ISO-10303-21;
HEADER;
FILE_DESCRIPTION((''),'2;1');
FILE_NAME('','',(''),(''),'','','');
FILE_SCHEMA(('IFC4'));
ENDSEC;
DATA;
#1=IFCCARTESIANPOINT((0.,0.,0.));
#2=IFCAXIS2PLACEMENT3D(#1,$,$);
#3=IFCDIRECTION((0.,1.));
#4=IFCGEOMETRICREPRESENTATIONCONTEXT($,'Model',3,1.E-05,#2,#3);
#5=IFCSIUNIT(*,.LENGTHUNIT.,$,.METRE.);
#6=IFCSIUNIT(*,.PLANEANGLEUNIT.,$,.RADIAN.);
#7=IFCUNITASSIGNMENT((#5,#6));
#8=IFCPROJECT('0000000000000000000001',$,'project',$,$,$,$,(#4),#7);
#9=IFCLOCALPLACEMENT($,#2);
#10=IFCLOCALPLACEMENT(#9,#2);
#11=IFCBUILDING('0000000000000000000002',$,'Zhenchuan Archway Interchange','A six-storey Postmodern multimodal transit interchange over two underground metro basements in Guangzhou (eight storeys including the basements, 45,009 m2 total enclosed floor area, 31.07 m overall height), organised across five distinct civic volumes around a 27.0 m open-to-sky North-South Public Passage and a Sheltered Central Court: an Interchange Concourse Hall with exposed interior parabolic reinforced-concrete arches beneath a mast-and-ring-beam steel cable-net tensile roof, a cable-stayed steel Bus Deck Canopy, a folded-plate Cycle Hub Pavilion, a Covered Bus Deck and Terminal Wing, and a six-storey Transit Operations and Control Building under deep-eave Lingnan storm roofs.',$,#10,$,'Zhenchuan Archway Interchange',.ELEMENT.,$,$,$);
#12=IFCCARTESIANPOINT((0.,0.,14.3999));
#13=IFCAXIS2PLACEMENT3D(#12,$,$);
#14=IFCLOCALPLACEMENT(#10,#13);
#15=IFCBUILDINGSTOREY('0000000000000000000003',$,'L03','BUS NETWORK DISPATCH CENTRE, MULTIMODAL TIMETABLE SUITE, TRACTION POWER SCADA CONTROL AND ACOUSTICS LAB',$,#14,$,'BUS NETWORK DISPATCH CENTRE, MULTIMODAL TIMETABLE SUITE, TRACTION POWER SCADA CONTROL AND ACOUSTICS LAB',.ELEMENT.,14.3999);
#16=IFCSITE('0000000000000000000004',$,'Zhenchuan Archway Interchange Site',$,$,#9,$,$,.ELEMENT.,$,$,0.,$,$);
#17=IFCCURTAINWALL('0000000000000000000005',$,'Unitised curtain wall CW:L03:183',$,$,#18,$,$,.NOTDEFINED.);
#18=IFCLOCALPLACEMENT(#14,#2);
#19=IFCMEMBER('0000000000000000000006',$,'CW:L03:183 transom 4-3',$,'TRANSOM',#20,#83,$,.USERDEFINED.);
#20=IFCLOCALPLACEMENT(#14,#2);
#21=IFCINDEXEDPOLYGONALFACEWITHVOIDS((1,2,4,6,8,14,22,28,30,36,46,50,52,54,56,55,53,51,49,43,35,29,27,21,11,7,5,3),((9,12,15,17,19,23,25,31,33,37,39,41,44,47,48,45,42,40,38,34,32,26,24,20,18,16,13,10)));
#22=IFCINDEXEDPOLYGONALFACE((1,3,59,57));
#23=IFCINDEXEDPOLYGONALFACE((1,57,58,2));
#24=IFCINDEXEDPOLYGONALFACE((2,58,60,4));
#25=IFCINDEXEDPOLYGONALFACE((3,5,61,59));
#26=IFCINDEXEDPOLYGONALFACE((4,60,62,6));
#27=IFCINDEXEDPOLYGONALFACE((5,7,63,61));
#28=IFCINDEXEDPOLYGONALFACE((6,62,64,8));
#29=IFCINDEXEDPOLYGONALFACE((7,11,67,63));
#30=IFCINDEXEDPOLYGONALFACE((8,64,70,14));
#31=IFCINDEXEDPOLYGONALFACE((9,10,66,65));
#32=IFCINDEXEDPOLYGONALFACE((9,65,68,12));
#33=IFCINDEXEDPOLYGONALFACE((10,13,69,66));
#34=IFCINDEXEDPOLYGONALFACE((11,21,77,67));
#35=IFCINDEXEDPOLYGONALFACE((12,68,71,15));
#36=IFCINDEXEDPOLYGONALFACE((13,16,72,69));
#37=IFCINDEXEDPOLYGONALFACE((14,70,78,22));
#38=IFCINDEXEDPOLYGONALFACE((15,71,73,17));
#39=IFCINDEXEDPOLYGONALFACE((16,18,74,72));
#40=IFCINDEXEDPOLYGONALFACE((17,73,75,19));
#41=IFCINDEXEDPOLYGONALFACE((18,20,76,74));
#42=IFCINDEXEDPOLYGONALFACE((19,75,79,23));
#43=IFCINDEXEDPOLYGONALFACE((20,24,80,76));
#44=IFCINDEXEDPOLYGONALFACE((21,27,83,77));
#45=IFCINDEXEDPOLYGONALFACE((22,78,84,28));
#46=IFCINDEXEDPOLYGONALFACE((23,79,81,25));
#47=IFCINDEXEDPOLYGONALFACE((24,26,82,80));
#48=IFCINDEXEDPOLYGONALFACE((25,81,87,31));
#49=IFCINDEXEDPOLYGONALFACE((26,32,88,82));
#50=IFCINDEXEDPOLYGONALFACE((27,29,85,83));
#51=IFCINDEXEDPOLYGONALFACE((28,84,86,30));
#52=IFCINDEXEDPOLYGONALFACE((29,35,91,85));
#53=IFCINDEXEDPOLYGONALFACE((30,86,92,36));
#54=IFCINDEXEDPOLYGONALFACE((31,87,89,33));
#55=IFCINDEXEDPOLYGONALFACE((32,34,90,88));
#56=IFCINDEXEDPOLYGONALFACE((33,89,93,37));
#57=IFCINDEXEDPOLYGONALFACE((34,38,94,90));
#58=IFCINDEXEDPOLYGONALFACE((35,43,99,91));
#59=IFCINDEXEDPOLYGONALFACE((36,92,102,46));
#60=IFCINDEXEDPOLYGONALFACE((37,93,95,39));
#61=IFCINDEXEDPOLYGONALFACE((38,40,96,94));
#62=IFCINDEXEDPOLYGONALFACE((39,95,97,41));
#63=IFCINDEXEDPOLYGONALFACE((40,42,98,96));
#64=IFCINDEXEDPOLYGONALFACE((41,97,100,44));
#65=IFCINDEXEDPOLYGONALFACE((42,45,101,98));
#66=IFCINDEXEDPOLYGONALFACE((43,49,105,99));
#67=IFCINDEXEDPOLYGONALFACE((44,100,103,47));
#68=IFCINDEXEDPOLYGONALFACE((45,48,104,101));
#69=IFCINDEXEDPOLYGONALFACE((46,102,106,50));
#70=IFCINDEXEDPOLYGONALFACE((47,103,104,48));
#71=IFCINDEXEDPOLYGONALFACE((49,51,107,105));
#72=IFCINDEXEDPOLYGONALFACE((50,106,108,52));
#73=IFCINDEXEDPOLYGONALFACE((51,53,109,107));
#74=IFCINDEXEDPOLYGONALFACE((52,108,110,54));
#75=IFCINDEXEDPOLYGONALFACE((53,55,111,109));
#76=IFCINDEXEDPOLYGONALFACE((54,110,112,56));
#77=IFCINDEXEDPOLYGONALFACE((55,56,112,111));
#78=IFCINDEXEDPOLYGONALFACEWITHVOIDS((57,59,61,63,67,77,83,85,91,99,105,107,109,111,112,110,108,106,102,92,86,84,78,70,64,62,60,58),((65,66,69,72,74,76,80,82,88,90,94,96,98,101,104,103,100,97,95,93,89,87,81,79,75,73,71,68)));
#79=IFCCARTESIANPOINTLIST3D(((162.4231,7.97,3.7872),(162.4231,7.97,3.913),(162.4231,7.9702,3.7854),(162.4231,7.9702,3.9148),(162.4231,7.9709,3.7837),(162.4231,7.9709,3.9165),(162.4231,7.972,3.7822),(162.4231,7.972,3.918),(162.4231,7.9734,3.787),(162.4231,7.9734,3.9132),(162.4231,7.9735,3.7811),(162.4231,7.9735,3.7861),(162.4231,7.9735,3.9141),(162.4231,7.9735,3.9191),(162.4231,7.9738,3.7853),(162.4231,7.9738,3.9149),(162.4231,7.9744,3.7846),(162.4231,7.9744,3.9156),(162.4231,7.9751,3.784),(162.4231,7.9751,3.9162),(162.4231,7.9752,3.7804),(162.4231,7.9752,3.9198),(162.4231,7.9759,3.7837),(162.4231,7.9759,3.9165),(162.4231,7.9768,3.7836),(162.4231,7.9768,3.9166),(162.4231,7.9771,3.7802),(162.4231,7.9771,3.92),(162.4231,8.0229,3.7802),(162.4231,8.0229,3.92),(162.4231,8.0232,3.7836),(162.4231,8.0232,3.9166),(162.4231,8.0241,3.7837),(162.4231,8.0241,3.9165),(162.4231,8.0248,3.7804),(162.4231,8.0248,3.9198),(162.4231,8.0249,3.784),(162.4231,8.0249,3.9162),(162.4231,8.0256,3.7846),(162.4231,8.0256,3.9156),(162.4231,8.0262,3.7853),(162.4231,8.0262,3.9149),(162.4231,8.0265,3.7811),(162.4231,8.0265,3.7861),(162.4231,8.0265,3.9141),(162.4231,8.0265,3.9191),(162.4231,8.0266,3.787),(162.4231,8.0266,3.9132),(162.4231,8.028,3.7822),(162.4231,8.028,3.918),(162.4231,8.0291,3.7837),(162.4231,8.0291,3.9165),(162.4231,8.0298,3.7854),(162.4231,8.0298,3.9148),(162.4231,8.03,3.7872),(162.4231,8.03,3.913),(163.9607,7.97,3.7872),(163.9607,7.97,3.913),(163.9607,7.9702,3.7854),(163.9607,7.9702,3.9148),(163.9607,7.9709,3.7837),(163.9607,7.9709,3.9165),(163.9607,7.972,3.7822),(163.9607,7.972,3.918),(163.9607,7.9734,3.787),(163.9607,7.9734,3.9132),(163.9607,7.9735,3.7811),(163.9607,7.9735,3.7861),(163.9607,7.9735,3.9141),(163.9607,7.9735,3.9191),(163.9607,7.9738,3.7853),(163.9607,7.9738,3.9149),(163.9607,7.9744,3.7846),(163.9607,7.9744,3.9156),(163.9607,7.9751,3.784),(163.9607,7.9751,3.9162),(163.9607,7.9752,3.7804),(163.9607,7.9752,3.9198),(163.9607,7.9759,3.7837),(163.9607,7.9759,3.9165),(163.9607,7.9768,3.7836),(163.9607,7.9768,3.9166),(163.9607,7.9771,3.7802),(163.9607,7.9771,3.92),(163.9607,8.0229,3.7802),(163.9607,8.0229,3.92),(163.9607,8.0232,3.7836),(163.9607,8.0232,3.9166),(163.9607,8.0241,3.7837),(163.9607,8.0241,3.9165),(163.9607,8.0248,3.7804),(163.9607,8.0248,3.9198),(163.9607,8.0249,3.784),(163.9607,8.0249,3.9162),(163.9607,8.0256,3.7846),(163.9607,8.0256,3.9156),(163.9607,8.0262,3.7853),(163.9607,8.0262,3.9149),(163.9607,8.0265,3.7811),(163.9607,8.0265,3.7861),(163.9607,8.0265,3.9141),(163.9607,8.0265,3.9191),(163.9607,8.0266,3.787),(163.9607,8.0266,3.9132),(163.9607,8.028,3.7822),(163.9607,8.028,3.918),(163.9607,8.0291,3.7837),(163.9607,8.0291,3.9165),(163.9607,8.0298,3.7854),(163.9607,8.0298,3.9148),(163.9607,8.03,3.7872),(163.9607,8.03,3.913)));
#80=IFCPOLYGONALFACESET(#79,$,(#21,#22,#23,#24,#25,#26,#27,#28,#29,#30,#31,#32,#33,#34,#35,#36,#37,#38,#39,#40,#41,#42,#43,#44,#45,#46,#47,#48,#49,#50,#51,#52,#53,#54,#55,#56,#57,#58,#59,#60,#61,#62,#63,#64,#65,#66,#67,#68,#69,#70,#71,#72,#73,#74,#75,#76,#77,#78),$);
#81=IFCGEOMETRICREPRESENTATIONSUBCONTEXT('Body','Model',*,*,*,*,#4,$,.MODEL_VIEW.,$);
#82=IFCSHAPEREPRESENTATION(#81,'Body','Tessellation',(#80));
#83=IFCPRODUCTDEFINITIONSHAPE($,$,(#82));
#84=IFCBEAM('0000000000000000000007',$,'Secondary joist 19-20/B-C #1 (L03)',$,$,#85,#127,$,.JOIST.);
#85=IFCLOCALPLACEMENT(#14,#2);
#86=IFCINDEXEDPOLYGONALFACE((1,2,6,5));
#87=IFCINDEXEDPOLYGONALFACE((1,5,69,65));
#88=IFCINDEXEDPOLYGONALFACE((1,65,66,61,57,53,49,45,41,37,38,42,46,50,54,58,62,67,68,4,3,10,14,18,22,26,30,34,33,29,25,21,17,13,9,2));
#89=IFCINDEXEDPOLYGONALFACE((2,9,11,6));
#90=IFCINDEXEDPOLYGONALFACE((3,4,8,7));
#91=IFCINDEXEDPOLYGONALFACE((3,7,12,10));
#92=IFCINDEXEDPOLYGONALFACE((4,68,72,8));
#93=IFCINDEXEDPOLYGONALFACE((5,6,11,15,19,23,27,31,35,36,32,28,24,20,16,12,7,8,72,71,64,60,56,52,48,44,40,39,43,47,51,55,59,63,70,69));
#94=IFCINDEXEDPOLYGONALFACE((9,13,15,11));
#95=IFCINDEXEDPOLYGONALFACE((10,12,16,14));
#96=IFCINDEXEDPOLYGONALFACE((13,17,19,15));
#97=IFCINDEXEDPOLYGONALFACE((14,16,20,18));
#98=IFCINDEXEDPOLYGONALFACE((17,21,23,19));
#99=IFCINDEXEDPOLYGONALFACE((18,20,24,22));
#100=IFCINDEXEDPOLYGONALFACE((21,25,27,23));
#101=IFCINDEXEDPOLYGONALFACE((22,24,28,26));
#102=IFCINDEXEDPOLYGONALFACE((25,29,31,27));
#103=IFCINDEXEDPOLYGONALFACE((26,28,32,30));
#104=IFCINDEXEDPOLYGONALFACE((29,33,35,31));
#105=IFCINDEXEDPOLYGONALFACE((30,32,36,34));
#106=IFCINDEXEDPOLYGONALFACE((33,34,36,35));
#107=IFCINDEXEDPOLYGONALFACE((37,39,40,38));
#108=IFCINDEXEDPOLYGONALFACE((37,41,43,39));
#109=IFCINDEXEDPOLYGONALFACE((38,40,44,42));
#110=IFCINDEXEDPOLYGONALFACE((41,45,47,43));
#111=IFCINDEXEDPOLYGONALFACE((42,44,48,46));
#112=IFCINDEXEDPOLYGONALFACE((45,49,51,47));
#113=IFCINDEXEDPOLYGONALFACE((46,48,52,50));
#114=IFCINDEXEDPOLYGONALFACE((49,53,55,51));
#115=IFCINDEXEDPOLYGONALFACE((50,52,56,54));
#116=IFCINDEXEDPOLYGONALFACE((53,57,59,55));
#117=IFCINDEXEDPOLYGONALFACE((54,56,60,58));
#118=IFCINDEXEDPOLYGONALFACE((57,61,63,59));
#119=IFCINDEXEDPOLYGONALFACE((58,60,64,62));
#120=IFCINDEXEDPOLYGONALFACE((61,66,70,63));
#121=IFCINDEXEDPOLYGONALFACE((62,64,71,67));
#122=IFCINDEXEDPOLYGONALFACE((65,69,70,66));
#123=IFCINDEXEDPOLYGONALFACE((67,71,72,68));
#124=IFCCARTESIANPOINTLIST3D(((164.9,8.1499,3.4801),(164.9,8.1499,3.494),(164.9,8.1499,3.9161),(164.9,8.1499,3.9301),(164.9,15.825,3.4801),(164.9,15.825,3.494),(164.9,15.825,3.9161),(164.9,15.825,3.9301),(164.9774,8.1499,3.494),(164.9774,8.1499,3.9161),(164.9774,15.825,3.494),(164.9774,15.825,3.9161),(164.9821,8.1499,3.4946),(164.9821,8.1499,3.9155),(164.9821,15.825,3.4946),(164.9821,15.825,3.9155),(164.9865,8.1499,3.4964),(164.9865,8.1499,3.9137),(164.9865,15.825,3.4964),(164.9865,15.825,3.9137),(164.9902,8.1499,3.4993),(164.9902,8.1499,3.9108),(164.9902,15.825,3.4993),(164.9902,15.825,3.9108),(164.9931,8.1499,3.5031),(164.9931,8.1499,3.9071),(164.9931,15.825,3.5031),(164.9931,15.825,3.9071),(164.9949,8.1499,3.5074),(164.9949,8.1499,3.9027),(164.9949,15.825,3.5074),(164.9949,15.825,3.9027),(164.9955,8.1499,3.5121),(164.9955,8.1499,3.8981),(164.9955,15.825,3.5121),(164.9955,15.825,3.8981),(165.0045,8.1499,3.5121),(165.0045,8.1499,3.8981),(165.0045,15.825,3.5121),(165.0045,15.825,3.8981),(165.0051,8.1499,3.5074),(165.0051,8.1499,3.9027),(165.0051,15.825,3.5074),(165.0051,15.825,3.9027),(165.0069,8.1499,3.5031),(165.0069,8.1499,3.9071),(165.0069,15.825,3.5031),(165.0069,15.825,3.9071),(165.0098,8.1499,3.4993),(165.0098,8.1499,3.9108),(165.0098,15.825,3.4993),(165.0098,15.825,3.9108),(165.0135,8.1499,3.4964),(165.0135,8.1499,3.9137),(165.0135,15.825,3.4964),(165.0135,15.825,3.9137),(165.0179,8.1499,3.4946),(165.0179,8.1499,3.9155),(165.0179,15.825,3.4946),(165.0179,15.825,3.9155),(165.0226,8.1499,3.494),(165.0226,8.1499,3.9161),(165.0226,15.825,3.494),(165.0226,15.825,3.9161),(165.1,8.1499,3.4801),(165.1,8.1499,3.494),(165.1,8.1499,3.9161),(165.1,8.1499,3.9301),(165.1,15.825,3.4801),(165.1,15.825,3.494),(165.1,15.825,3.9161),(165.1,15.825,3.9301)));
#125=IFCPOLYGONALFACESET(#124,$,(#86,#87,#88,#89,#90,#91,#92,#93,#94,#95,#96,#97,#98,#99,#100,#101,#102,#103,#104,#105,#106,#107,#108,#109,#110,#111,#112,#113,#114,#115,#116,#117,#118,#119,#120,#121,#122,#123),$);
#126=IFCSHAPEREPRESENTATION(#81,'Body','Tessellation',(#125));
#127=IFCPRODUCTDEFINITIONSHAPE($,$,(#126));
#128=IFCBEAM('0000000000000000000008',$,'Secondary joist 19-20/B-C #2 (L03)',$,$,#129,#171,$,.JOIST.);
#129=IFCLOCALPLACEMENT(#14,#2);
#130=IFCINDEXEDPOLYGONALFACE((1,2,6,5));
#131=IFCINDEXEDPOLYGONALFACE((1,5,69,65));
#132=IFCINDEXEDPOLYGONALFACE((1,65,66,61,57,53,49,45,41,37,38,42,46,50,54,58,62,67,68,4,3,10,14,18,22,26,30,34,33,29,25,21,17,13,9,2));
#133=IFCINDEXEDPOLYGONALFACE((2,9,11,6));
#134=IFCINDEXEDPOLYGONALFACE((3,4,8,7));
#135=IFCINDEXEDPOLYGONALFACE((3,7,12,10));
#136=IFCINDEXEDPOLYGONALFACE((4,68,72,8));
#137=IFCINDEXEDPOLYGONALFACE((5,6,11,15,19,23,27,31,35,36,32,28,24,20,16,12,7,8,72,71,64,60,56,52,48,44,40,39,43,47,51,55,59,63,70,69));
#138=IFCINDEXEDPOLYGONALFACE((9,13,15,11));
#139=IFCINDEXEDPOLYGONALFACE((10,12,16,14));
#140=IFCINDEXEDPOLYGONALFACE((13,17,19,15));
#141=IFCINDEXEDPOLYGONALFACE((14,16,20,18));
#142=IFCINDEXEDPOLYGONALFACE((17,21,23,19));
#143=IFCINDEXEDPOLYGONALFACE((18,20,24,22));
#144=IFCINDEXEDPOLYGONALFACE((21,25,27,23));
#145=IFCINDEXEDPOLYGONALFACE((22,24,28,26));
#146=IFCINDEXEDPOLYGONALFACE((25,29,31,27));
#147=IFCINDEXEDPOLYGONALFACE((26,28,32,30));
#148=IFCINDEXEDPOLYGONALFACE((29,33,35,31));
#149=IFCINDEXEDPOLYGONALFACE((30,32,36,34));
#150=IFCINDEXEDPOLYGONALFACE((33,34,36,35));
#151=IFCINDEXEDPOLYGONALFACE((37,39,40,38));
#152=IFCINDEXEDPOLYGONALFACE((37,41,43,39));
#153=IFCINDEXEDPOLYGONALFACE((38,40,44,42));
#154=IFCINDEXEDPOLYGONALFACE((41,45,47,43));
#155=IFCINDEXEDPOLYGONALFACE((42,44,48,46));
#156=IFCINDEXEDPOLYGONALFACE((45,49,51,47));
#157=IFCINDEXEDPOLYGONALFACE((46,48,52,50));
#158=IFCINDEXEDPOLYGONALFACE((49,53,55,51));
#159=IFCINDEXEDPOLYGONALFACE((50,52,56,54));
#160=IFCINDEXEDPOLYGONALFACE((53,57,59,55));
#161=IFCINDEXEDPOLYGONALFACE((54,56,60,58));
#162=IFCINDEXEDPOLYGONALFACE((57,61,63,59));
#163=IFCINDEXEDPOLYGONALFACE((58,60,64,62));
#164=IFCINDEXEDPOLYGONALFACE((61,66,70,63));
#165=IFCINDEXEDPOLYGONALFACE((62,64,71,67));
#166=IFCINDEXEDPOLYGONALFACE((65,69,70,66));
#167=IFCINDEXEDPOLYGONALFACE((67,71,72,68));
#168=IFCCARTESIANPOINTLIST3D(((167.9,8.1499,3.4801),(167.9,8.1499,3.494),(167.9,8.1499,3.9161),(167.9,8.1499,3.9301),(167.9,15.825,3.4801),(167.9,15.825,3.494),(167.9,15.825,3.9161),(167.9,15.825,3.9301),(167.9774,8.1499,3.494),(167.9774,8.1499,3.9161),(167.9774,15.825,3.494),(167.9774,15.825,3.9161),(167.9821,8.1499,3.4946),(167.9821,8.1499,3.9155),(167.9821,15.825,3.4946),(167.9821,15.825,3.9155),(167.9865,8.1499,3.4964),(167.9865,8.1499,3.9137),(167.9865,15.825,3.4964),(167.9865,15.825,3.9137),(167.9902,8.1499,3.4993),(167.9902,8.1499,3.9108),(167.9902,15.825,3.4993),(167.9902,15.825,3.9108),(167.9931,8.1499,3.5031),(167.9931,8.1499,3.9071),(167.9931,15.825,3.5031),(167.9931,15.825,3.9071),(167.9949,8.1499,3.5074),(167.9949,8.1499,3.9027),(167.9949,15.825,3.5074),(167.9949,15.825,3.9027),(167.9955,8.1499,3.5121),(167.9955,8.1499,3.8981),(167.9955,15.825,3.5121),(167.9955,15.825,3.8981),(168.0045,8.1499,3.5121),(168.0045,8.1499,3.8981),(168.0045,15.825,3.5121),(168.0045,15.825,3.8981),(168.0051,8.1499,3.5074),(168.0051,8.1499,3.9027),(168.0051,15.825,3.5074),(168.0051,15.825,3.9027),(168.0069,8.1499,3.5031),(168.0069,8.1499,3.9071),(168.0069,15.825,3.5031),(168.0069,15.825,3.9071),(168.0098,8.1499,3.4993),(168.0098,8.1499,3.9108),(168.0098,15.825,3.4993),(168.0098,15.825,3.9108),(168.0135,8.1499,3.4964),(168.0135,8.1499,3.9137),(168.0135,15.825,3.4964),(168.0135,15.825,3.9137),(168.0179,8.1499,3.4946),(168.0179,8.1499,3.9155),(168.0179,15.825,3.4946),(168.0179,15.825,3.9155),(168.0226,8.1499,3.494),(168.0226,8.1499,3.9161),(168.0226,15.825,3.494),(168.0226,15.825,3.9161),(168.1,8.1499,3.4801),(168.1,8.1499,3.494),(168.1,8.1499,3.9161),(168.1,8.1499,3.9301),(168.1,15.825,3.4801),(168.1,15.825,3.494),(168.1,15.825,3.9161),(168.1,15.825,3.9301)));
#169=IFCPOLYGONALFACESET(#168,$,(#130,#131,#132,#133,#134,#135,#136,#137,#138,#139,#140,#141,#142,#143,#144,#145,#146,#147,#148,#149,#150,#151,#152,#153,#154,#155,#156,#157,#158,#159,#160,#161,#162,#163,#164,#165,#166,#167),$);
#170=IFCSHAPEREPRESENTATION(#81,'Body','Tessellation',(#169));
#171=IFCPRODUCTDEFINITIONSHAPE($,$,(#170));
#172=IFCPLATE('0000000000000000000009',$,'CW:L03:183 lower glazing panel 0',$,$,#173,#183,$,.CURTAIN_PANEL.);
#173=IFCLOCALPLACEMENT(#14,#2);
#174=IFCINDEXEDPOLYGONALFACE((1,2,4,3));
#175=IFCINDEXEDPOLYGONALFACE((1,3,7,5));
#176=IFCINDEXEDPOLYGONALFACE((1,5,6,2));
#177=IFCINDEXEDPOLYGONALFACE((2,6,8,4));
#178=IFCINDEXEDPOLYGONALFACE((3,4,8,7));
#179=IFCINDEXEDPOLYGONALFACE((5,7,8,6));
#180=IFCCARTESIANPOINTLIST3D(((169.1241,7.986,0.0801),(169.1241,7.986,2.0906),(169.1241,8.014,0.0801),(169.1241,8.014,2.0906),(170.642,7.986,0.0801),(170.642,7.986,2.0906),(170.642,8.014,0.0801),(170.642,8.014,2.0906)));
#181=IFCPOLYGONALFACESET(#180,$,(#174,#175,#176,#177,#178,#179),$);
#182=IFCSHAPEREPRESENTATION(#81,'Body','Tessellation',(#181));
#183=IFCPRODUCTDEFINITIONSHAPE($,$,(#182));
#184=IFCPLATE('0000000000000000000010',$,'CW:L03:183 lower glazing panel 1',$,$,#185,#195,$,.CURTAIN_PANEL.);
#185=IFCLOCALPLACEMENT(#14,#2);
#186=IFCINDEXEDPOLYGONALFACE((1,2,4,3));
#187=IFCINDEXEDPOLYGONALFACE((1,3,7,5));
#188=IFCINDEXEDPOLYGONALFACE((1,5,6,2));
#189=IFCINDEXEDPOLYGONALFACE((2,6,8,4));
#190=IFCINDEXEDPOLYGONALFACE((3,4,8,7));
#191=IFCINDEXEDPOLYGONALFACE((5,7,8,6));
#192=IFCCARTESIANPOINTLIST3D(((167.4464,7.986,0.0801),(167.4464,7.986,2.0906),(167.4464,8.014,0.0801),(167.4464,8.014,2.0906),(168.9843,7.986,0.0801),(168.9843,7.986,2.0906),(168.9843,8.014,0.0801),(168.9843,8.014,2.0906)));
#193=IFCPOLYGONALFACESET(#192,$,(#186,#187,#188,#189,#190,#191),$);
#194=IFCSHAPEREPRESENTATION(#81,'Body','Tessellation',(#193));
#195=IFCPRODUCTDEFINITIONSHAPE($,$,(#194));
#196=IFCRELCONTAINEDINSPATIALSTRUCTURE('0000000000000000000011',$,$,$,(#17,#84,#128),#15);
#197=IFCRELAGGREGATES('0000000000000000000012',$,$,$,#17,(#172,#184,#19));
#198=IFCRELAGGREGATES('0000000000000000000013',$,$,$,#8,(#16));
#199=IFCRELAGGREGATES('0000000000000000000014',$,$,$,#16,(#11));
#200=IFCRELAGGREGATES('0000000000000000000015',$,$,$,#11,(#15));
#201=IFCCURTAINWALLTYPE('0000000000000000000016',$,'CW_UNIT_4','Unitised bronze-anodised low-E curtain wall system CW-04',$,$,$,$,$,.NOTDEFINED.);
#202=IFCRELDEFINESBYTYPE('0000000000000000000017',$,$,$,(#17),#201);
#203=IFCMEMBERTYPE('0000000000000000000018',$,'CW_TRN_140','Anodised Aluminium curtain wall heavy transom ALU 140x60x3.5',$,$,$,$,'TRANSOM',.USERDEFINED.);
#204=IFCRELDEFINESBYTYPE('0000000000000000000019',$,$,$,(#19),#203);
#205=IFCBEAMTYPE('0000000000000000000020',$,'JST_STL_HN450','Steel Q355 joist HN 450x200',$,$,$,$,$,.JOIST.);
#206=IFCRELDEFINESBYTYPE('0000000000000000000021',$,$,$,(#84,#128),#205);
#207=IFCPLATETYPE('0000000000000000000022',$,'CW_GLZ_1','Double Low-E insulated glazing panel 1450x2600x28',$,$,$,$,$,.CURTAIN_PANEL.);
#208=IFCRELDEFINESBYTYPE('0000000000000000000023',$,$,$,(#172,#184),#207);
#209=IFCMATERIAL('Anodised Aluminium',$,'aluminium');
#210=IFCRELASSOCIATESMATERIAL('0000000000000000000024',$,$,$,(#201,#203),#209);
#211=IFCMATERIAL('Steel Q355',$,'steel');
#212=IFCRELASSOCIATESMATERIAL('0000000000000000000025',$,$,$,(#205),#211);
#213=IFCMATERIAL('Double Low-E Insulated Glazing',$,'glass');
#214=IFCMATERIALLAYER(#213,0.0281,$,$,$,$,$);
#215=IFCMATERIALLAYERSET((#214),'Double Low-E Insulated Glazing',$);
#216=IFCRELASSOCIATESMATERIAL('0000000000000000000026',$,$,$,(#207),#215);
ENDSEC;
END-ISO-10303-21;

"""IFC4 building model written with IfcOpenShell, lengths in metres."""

from ifc_helpers import new_model, si_unit, direction, frame, origin, origin_2d, place, context, subcontext, project, spatial, rectangle, hollow_rectangle, i_section, extrude, material, layer, layer_set, material_profile, profile_set, type_object, element, aggregate, save


model = new_model("IFC4")

# Units and contexts
model_context = context("Model", 3, precision=1e-05, world=origin(), true_north=direction((0.0, 1.0)))
body_context = subcontext(model_context, "Body", "Model", "MODEL_VIEW")
ifc_project = project(units=[si_unit("LENGTHUNIT", "METRE"), si_unit("PLANEANGLEUNIT", "RADIAN")], contexts=[model_context])

# Site, building, storey
site_placement = place(None, origin())
site = spatial("IfcSite", under=ifc_project, at=site_placement, Name="Zhenchuan Archway Interchange Site", CompositionType="ELEMENT", RefElevation=0.0)
building_placement = place(site_placement, origin())
building = spatial("IfcBuilding", under=site, at=building_placement, Name="Zhenchuan Archway Interchange", Description="A six-storey Postmodern multimodal transit interchange over two underground metro basements in Guangzhou (eight storeys including the basements, 45,009 m2 total enclosed floor area, 31.07 m overall height), organised across five distinct civic volumes around a 27.0 m open-to-sky North-South Public Passage and a Sheltered Central Court: an Interchange Concourse Hall with exposed interior parabolic reinforced-concrete arches beneath a mast-and-ring-beam steel cable-net tensile roof, a cable-stayed steel Bus Deck Canopy, a folded-plate Cycle Hub Pavilion, a Covered Bus Deck and Terminal Wing, and a six-storey Transit Operations and Control Building under deep-eave Lingnan storm roofs.", LongName="Zhenchuan Archway Interchange", CompositionType="ELEMENT")
storey_placement = place(building_placement, frame((0.0, 0.0, 14.3999)))
storey = spatial("IfcBuildingStorey", under=building, at=storey_placement, Name="L03", Description="BUS NETWORK DISPATCH CENTRE, MULTIMODAL TIMETABLE SUITE, TRACTION POWER SCADA CONTROL AND ACOUSTICS LAB", LongName="BUS NETWORK DISPATCH CENTRE, MULTIMODAL TIMETABLE SUITE, TRACTION POWER SCADA CONTROL AND ACOUSTICS LAB", CompositionType="ELEMENT", Elevation=14.3999)

# Curtain wall, member
ifc_material_1 = material(Name="Anodised Aluminium", Category="aluminium")
curtain_wall_type = type_object("IfcCurtainWallType", Name="CW_UNIT_4", Description="Unitised bronze-anodised low-E curtain wall system CW-04", PredefinedType="NOTDEFINED", material=ifc_material_1)
curtain_wall_placement = place(storey_placement, origin())
curtain_wall = element("IfcCurtainWall", 1, at=curtain_wall_placement, inside=storey, type_object=curtain_wall_type, Name="Unitised curtain wall CW:L03:183", PredefinedType="NOTDEFINED")
ifc_material_profile_1 = material_profile(ifc_material_1, hollow_rectangle(XDim=0.0601, YDim=0.1399, WallThickness=0.0034, InnerFilletRadius=0.0034, OuterFilletRadius=0.0071, at=origin_2d()), Name="ALU 140x60x3.5")
ifc_profile_set_1 = profile_set([ifc_material_profile_1], Name="Anodised Aluminium")
member_type_1 = type_object("IfcMemberType", Name="CW_TRN_140", Description="Anodised Aluminium curtain wall heavy transom ALU 140x60x3.5", ElementType="TRANSOM", PredefinedType="USERDEFINED", material=ifc_profile_set_1)
member_1_placement = place(storey_placement, frame((163.9607, 8.0, 3.8501), z_axis=(-1.0, 0.0, 0.0), x_axis=(0.0, -1.0, 0.0)))
member_1 = element("IfcMember", 2, at=member_1_placement, type_object=member_type_1, Name="CW:L03:183 transom 4-3", ObjectType="TRANSOM", PredefinedType="USERDEFINED", context=body_context, shape_type="SweptSolid", body=[
    extrude(hollow_rectangle(XDim=0.0601, YDim=0.1399, WallThickness=0.0034, InnerFilletRadius=0.0034, OuterFilletRadius=0.0071, at=origin_2d()), origin(), (0.0, 0.0, 1.0), 1.5376),
])

# Beams
ifc_material_2 = material(Name="Steel Q355", Category="steel")
ifc_material_profile_2 = material_profile(ifc_material_2, i_section(OverallWidth=0.2, OverallDepth=0.45, WebThickness=0.009, FlangeThickness=0.0139, FilletRadius=0.0181, at=origin_2d()), Name="HN 450x200")
ifc_profile_set_2 = profile_set([ifc_material_profile_2], Name="Steel Q355")
beam_type = type_object("IfcBeamType", Name="JST_STL_HN450", Description="Steel Q355 joist HN 450x200", PredefinedType="JOIST", material=ifc_profile_set_2)
for number, where, z_axis, x_axis, name in (
    (3, (165.0, 8.1499, 3.7051), (0.0, 1.0, 0.0), (-1.0, 0.0, 0.0), "Secondary joist 19-20/B-C #1 (L03)"),
    (4, (168.0, 8.1499, 3.7051), (0.0, 1.0, 0.0), (-1.0, 0.0, 0.0), "Secondary joist 19-20/B-C #2 (L03)"),
):
    element("IfcBeam", number, at=place(storey_placement, frame(where, z_axis=z_axis, x_axis=x_axis)), inside=storey, type_object=beam_type, Name=name, PredefinedType="JOIST", context=body_context, shape_type="SweptSolid", body=[
        extrude(i_section(OverallWidth=0.2, OverallDepth=0.45, WebThickness=0.009, FlangeThickness=0.0139, FilletRadius=0.0181, at=origin_2d()), origin(), (0.0, 0.0, 1.0), 7.675),
    ])

# Plates
ifc_material_3 = material(Name="Double Low-E Insulated Glazing", Category="glass")
ifc_layer_1 = layer(ifc_material_3, 0.0281)
ifc_layer_set_1 = layer_set([ifc_layer_1], Name="Double Low-E Insulated Glazing")
plate_type_1 = type_object("IfcPlateType", Name="CW_GLZ_1", Description="Double Low-E insulated glazing panel 1450x2600x28", PredefinedType="CURTAIN_PANEL", material=ifc_layer_set_1)
plate_1_placement = place(storey_placement, frame((169.8831, 8.0, 0.0801), z_axis=(0.0, 0.0, 1.0), x_axis=(-1.0, 0.0, 0.0)))
plate_1 = element("IfcPlate", 5, at=plate_1_placement, type_object=plate_type_1, Name="CW:L03:183 lower glazing panel 0", PredefinedType="CURTAIN_PANEL", context=body_context, shape_type="SweptSolid", body=[
    extrude(rectangle(XDim=1.5178, YDim=0.0281, at=origin_2d()), origin(), (0.0, 0.0, 1.0), 2.0105),
])
plate_2_placement = place(storey_placement, frame((168.2153, 8.0, 0.0801), z_axis=(0.0, 0.0, 1.0), x_axis=(-1.0, 0.0, 0.0)))
plate_2 = element("IfcPlate", 6, at=plate_2_placement, type_object=plate_type_1, Name="CW:L03:183 lower glazing panel 1", PredefinedType="CURTAIN_PANEL", context=body_context, shape_type="SweptSolid", body=[
    extrude(rectangle(XDim=1.5378, YDim=0.0281, at=origin_2d()), origin(), (0.0, 0.0, 1.0), 2.0105),
])
aggregate(curtain_wall, [plate_1, plate_2, member_1])

save(model, "model.ifc")
